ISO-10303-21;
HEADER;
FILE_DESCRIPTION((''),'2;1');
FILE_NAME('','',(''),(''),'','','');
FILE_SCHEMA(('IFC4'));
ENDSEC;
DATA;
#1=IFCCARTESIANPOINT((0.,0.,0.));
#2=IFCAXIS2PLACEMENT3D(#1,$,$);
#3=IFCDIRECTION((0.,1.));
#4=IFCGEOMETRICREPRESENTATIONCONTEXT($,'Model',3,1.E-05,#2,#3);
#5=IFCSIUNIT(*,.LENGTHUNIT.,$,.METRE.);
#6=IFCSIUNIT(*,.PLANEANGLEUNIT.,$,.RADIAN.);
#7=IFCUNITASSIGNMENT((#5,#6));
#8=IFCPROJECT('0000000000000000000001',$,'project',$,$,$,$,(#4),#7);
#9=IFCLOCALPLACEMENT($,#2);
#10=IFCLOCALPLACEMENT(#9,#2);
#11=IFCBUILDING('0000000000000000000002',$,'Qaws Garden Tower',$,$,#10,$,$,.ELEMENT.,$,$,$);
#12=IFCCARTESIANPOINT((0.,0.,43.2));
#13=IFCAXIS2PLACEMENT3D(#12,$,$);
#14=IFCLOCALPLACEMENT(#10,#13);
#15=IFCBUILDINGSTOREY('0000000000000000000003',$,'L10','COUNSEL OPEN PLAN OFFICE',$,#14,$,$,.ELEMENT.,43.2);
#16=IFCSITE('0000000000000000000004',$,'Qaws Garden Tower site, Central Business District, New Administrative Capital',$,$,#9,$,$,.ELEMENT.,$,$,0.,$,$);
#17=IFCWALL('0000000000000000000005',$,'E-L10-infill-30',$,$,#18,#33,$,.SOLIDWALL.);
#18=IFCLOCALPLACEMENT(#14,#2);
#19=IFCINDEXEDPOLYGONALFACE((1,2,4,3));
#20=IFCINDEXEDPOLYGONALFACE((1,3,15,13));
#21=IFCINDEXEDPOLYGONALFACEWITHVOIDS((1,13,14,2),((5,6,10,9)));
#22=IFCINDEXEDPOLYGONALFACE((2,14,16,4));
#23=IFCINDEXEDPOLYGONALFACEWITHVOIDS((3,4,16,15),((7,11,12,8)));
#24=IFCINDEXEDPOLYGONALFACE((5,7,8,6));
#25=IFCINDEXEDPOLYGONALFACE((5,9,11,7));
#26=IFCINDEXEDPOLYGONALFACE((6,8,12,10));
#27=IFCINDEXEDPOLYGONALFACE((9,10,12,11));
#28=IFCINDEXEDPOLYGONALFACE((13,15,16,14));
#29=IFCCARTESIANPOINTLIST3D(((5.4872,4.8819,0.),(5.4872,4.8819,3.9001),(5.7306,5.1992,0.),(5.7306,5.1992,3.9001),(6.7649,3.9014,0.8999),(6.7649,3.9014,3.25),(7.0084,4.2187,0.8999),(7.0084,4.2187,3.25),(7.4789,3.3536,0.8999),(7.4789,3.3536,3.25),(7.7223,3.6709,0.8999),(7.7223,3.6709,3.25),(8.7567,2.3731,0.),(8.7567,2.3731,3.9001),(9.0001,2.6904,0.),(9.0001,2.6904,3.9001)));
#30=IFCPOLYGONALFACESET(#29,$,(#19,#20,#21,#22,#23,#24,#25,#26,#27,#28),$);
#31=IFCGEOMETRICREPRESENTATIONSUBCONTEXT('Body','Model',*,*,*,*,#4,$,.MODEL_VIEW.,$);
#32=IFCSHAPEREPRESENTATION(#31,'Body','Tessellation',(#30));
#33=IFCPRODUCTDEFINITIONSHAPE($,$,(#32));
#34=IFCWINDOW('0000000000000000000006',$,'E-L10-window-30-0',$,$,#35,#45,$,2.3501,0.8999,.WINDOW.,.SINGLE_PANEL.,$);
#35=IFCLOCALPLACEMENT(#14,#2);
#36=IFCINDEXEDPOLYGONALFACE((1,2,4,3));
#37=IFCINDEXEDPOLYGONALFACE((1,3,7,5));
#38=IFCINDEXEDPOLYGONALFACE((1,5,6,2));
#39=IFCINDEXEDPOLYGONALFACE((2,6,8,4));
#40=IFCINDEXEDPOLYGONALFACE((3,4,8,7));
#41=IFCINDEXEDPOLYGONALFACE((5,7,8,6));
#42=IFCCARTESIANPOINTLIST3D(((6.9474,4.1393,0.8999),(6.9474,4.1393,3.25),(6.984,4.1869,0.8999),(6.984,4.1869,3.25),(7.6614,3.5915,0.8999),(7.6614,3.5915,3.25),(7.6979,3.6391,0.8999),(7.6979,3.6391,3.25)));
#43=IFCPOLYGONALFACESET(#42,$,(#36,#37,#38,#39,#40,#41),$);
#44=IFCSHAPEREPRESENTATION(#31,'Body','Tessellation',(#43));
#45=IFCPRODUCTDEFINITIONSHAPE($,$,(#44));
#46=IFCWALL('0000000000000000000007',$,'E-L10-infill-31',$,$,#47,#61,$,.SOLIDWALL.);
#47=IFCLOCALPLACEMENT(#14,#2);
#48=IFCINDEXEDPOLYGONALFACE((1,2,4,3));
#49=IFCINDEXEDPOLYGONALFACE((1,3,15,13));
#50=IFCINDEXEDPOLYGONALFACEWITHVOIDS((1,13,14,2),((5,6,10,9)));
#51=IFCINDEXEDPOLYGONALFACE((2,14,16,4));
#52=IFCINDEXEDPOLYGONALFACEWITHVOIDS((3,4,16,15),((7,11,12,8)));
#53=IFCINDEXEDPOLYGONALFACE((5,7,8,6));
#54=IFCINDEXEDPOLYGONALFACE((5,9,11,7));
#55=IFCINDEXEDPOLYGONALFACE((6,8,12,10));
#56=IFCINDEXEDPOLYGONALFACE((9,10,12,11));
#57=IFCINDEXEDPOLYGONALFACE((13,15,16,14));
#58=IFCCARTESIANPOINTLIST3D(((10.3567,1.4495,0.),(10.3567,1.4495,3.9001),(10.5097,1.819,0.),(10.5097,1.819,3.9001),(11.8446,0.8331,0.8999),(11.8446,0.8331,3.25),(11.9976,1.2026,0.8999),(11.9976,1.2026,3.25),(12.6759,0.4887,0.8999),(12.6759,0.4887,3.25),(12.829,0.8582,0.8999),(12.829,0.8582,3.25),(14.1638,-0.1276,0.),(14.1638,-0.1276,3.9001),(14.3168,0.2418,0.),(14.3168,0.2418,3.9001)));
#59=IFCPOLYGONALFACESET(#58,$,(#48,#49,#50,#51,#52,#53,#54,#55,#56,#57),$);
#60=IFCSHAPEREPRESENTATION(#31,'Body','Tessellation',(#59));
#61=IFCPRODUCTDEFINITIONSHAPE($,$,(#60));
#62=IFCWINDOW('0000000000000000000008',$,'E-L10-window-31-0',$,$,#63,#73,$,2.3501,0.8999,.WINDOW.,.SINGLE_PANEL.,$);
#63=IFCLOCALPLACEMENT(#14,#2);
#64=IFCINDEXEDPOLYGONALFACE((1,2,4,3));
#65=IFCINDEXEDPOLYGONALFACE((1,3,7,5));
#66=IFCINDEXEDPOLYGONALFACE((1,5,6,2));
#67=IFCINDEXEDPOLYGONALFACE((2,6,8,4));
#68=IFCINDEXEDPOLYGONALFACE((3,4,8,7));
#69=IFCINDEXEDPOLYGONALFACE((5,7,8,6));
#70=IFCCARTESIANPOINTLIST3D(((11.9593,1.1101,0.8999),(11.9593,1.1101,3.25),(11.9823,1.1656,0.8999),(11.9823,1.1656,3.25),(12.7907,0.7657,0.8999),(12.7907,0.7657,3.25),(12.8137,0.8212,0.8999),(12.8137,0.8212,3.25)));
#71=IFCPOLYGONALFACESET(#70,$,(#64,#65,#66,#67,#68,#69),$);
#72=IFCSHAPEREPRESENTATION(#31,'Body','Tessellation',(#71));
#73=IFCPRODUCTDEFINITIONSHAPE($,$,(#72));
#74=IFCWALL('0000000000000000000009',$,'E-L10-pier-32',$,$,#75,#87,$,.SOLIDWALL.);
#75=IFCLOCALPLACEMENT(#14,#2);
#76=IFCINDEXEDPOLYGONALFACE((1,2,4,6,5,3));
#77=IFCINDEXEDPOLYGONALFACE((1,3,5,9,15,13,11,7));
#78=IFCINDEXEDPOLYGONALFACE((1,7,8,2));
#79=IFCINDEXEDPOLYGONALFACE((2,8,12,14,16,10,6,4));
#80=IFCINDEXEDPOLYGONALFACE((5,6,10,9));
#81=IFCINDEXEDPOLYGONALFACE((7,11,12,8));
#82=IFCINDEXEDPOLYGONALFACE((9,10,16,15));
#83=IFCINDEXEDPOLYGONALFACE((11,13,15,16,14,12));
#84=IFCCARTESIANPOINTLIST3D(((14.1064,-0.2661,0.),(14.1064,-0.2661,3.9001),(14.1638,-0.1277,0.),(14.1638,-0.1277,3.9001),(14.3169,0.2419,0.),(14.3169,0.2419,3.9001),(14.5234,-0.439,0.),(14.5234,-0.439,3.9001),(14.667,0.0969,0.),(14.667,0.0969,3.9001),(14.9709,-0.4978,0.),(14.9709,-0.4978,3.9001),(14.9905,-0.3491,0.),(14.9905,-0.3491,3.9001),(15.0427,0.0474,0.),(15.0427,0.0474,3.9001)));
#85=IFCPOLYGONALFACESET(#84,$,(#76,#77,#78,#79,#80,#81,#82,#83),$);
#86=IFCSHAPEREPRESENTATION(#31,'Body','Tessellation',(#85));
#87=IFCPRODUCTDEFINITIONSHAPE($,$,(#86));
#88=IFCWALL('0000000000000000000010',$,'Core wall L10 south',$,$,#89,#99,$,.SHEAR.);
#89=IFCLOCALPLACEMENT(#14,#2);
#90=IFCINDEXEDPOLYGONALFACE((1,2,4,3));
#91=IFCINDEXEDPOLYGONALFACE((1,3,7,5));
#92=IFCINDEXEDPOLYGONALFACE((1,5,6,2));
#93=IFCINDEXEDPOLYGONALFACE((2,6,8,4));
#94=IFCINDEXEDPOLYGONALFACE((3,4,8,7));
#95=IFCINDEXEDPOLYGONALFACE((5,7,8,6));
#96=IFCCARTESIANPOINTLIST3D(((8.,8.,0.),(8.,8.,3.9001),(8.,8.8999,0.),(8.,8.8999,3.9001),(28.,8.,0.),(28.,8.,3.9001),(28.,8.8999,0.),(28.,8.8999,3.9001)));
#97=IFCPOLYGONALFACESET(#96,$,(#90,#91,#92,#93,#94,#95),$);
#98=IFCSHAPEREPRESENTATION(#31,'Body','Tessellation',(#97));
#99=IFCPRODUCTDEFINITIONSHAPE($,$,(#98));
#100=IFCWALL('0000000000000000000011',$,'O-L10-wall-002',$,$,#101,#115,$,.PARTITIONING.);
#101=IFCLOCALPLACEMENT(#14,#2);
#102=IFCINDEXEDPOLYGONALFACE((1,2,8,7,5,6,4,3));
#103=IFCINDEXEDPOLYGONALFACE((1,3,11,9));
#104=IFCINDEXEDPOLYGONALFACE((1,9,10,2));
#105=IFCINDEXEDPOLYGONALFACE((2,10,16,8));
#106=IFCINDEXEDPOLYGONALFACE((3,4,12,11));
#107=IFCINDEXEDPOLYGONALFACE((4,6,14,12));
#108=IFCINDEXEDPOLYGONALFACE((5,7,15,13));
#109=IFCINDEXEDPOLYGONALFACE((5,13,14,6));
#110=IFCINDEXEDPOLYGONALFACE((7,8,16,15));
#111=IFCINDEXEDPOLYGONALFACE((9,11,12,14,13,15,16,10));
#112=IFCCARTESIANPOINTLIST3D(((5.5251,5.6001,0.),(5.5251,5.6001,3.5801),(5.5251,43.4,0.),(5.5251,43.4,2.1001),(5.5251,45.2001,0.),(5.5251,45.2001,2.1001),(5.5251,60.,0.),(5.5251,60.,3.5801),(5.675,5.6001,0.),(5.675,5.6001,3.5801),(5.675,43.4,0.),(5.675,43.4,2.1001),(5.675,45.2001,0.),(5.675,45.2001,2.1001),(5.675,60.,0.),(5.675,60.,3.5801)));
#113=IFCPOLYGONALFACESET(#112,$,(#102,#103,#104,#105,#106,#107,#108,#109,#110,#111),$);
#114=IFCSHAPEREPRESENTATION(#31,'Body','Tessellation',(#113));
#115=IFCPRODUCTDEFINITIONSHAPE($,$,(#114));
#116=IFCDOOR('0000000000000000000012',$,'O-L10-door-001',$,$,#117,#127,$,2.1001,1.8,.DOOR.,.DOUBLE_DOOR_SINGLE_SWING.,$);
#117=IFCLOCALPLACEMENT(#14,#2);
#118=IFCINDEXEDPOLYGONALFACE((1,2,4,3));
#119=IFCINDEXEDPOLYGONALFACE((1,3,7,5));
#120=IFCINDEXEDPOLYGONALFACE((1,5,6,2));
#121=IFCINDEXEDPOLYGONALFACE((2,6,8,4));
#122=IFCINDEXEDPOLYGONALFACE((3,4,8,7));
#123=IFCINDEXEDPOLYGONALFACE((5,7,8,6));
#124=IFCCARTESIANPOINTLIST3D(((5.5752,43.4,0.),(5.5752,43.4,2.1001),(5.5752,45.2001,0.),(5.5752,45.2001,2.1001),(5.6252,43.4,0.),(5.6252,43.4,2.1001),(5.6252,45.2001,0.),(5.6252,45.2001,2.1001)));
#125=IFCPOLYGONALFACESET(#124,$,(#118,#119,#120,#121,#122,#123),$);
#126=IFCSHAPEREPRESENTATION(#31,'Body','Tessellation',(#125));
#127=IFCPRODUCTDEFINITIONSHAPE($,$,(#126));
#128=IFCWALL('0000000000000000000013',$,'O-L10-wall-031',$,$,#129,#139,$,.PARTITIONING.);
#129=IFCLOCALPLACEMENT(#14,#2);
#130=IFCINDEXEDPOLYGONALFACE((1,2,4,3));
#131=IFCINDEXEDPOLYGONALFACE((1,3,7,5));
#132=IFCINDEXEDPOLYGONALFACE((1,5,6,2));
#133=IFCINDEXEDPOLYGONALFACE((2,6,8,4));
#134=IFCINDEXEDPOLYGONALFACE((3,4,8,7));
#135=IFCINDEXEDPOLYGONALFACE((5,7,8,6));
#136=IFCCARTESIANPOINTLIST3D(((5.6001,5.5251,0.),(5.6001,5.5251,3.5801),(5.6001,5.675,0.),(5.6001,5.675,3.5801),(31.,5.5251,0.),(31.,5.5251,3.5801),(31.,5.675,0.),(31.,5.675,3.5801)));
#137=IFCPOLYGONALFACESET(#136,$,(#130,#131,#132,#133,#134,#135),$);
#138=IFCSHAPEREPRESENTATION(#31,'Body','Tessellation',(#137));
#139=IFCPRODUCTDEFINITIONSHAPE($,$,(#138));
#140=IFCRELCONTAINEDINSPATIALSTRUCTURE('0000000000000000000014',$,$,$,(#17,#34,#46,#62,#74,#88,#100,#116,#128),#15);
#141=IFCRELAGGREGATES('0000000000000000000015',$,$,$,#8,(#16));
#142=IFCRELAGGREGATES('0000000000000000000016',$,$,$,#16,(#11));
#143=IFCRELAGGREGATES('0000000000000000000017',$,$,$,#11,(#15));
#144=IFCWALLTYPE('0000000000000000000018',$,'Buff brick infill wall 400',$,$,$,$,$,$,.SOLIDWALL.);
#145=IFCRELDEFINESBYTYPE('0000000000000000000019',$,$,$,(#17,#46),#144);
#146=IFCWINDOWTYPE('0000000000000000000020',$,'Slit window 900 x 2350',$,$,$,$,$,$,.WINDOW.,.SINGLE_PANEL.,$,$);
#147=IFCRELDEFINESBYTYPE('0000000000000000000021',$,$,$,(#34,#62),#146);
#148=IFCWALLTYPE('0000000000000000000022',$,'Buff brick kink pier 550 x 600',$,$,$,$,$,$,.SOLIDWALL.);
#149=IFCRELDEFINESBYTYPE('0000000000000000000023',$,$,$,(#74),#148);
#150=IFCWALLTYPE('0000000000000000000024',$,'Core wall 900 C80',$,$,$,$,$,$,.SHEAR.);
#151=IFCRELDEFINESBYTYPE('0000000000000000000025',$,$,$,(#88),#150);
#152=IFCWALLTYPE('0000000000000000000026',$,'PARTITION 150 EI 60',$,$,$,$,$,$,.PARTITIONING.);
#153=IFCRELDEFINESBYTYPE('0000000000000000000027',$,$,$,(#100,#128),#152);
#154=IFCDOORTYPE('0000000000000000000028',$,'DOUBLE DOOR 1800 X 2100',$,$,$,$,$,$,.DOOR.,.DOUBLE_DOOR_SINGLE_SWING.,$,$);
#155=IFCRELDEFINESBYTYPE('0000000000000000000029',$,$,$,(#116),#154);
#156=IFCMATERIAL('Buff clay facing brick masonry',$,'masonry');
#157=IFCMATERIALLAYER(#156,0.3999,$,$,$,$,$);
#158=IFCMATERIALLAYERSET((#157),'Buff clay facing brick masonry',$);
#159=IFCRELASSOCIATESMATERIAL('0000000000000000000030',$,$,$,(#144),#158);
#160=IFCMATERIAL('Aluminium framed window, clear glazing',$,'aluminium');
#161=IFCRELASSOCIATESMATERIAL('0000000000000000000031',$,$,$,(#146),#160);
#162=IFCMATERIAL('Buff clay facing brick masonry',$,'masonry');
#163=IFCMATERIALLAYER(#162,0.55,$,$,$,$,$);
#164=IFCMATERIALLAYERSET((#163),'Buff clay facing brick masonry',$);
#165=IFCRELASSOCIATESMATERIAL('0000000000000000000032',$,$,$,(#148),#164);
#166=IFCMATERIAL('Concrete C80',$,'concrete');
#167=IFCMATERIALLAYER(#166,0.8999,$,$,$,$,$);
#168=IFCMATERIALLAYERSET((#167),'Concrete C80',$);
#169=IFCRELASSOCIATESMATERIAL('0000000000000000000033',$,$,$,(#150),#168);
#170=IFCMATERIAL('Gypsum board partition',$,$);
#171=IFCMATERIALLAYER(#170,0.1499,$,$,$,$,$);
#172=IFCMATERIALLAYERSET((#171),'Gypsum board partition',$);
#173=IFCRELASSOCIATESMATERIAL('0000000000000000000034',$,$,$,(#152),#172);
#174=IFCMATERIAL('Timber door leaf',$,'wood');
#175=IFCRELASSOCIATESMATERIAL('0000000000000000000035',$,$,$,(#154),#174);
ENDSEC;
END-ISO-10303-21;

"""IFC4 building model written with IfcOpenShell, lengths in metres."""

from ifc_helpers import new_model, si_unit, direction, frame, frame_2d, origin, place, context, subcontext, project, spatial, polyline, rectangle, outline, extrude, material, layer, layer_set, type_object, element, fill, save


model = new_model("IFC4")

# Units and contexts
model_context = context("Model", 3, precision=1e-05, world=origin(), true_north=direction((0.0, 1.0)))
body_context = subcontext(model_context, "Body", "Model", "MODEL_VIEW")
ifc_project = project(units=[si_unit("LENGTHUNIT", "METRE"), si_unit("PLANEANGLEUNIT", "RADIAN")], contexts=[model_context])

# Site, building, storey
site_placement = place(None, origin())
site = spatial("IfcSite", under=ifc_project, at=site_placement, Name="Qaws Garden Tower site, Central Business District, New Administrative Capital", CompositionType="ELEMENT", RefElevation=0.0)
building_placement = place(site_placement, origin())
building = spatial("IfcBuilding", under=site, at=building_placement, Name="Qaws Garden Tower", CompositionType="ELEMENT")
storey_placement = place(building_placement, frame((0.0, 0.0, 43.2)))
storey = spatial("IfcBuildingStorey", under=building, at=storey_placement, Name="L10", Description="COUNSEL OPEN PLAN OFFICE", CompositionType="ELEMENT", Elevation=43.2)

# Shared definitions
placement_1 = place(storey_placement, origin())

# Walls, openings, windows
ifc_material_1 = material(Name="Buff clay facing brick masonry", Category="masonry")
ifc_layer_1 = layer(ifc_material_1, 0.3999)
ifc_layer_set_1 = layer_set([ifc_layer_1], Name="Buff clay facing brick masonry")
wall_type_1 = type_object("IfcWallType", Name="Buff brick infill wall 400", PredefinedType="SOLIDWALL", material=ifc_layer_set_1)
ifc_material_2 = material(Name="Aluminium framed window, clear glazing", Category="aluminium")
window_type = type_object("IfcWindowType", Name="Slit window 900 x 2350", PartitioningType="SINGLE_PANEL", PredefinedType="WINDOW", material=ifc_material_2)
wall_1_placement = place(storey_placement, frame((5.6089, 5.0405, 0.0), z_axis=(0.0, 0.0, 1.0), x_axis=(0.793355, -0.60876, 0.0)))
wall_1 = element("IfcWall", 1, at=wall_1_placement, inside=storey, type_object=wall_type_1, Name="E-L10-infill-30", PredefinedType="SOLIDWALL", context=body_context, shape_type="SweptSolid", body=[
    extrude(rectangle(XDim=4.1211, YDim=0.3999, at=frame_2d((2.0605, 0.0))), origin(), (0.0, 0.0, 1.0), 3.9001),
])
opening_1_placement = place(wall_1_placement, frame((1.6106, 0.0, 0.8999)))
opening_1 = element("IfcOpeningElement", 2, at=opening_1_placement, cuts=wall_1, PredefinedType="OPENING", context=body_context, shape_type="SweptSolid", body=[
    extrude(rectangle(XDim=0.8999, YDim=2.3501, at=frame_2d((0.45, 1.175))), frame((0.0, 0.21, 0.0), z_axis=(0.0, -1.0, 0.0), x_axis=(1.0, 0.0, 0.0)), (0.0, 0.0, 1.0), 0.4199),
])
window_1_placement = place(opening_1_placement, origin())
window_1 = element("IfcWindow", 3, at=window_1_placement, inside=storey, type_object=window_type, Name="E-L10-window-30-0", OverallHeight=2.3501, OverallWidth=0.8999, PartitioningType="SINGLE_PANEL", PredefinedType="WINDOW", context=body_context, shape_type="SweptSolid", body=[
    extrude(rectangle(XDim=0.8999, YDim=2.3501, at=frame_2d((0.45, 1.175))), frame((0.0, 0.1599, 0.0), z_axis=(0.0, -1.0, 0.0), x_axis=(1.0, 0.0, 0.0)), (0.0, 0.0, 1.0), 0.0601),
])
fill(opening_1, window_1)
wall_2_placement = place(storey_placement, frame((10.4331, 1.6343, 0.0), z_axis=(0.0, 0.0, 1.0), x_axis=(0.923864, -0.382722, 0.0)))
wall_2 = element("IfcWall", 4, at=wall_2_placement, inside=storey, type_object=wall_type_1, Name="E-L10-infill-31", PredefinedType="SOLIDWALL", context=body_context, shape_type="SweptSolid", body=[
    extrude(rectangle(XDim=4.1208, YDim=0.3999, at=frame_2d((2.0605, 0.0))), origin(), (0.0, 0.0, 1.0), 3.9001),
])
opening_2_placement = place(wall_2_placement, frame((1.6106, 0.0, 0.8999)))
opening_2 = element("IfcOpeningElement", 5, at=opening_2_placement, cuts=wall_2, PredefinedType="OPENING", context=body_context, shape_type="SweptSolid", body=[
    extrude(rectangle(XDim=0.8999, YDim=2.3501, at=frame_2d((0.45, 1.175))), frame((0.0, 0.21, 0.0), z_axis=(0.0, -1.0, 0.0), x_axis=(1.0, 0.0, 0.0)), (0.0, 0.0, 1.0), 0.4199),
])
window_2_placement = place(opening_2_placement, origin())
window_2 = element("IfcWindow", 6, at=window_2_placement, inside=storey, type_object=window_type, Name="E-L10-window-31-0", OverallHeight=2.3501, OverallWidth=0.8999, PartitioningType="SINGLE_PANEL", PredefinedType="WINDOW", context=body_context, shape_type="SweptSolid", body=[
    extrude(rectangle(XDim=0.8999, YDim=2.3501, at=frame_2d((0.45, 1.175))), frame((0.0, 0.1599, 0.0), z_axis=(0.0, -1.0, 0.0), x_axis=(1.0, 0.0, 0.0)), (0.0, 0.0, 1.0), 0.0601),
])
fill(opening_2, window_2)

# Walls
ifc_material_3 = material(Name="Buff clay facing brick masonry", Category="masonry")
ifc_layer_2 = layer(ifc_material_3, 0.55)
ifc_layer_set_2 = layer_set([ifc_layer_2], Name="Buff clay facing brick masonry")
wall_type_2 = type_object("IfcWallType", Name="Buff brick kink pier 550 x 600", PredefinedType="SOLIDWALL", material=ifc_layer_set_2)
element("IfcWall", 7, at=placement_1, inside=storey, type_object=wall_type_2, Name="E-L10-pier-32", PredefinedType="SOLIDWALL", context=body_context, shape_type="SweptSolid", body=[
    extrude(outline(polyline([(14.1638, -0.1277), (14.1064, -0.2661), (14.5234, -0.439), (14.9709, -0.4978), (14.9905, -0.3491), (15.0427, 0.0474), (14.667, 0.0969), (14.3169, 0.2419), (14.1638, -0.1277)])), origin(), (0.0, 0.0, 1.0), 3.9001),
])
ifc_material_4 = material(Name="Concrete C80", Category="concrete")
ifc_layer_3 = layer(ifc_material_4, 0.8999)
ifc_layer_set_3 = layer_set([ifc_layer_3], Name="Concrete C80")
wall_type_3 = type_object("IfcWallType", Name="Core wall 900 C80", PredefinedType="SHEAR", material=ifc_layer_set_3)
wall_3_placement = place(storey_placement, frame((8.0, 8.45, 0.0), z_axis=(0.0, 0.0, 1.0), x_axis=(1.0, 0.0, 0.0)))
element("IfcWall", 8, at=wall_3_placement, inside=storey, type_object=wall_type_3, Name="Core wall L10 south", PredefinedType="SHEAR", context=body_context, shape_type="SweptSolid", body=[
    extrude(rectangle(XDim=20.0, YDim=0.8999, at=frame_2d((10.0, 0.0))), origin(), (0.0, 0.0, 1.0), 3.9001),
])

# Wall, opening, door
ifc_material_5 = material(Name="Gypsum board partition")
ifc_layer_4 = layer(ifc_material_5, 0.1499)
ifc_layer_set_4 = layer_set([ifc_layer_4], Name="Gypsum board partition")
wall_type_4 = type_object("IfcWallType", Name="PARTITION 150 EI 60", PredefinedType="PARTITIONING", material=ifc_layer_set_4)
wall_4_placement = place(storey_placement, frame((5.6001, 5.6001, 0.0), z_axis=(0.0, 0.0, 1.0), x_axis=(0.0, 1.0, 0.0)))
wall_4 = element("IfcWall", 9, at=wall_4_placement, inside=storey, type_object=wall_type_4, Name="O-L10-wall-002", PredefinedType="PARTITIONING", context=body_context, shape_type="SweptSolid", body=[
    extrude(rectangle(XDim=54.3999, YDim=0.1499, at=frame_2d((27.2, 0.0))), origin(), (0.0, 0.0, 1.0), 3.5801),
])
opening_3_placement = place(wall_4_placement, frame((37.8, 0.0, 0.0)))
opening_3 = element("IfcOpeningElement", 10, at=opening_3_placement, cuts=wall_4, PredefinedType="OPENING", context=body_context, shape_type="SweptSolid", body=[
    extrude(rectangle(XDim=1.8, YDim=2.1001, at=frame_2d((0.8999, 1.05))), frame((0.0, 0.085, 0.0), z_axis=(0.0, -1.0, 0.0), x_axis=(1.0, 0.0, 0.0)), (0.0, 0.0, 1.0), 0.1699),
])
ifc_material_6 = material(Name="Timber door leaf", Category="wood")
door_type = type_object("IfcDoorType", Name="DOUBLE DOOR 1800 X 2100", OperationType="DOUBLE_DOOR_SINGLE_SWING", PredefinedType="DOOR", material=ifc_material_6)
door_placement = place(opening_3_placement, origin())
door = element("IfcDoor", 11, at=door_placement, inside=storey, type_object=door_type, Name="O-L10-door-001", OperationType="DOUBLE_DOOR_SINGLE_SWING", OverallHeight=2.1001, OverallWidth=1.8, PredefinedType="DOOR", context=body_context, shape_type="SweptSolid", body=[
    extrude(rectangle(XDim=1.8, YDim=2.1001, at=frame_2d((0.8999, 1.05))), frame((0.0, 0.0249, 0.0), z_axis=(0.0, -1.0, 0.0), x_axis=(1.0, 0.0, 0.0)), (0.0, 0.0, 1.0), 0.05),
])
fill(opening_3, door)

# Wall
wall_5_placement = place(storey_placement, frame((5.6001, 5.6001, 0.0), z_axis=(0.0, 0.0, 1.0), x_axis=(1.0, 0.0, 0.0)))
element("IfcWall", 12, at=wall_5_placement, inside=storey, type_object=wall_type_4, Name="O-L10-wall-031", PredefinedType="PARTITIONING", context=body_context, shape_type="SweptSolid", body=[
    extrude(rectangle(XDim=25.3999, YDim=0.1499, at=frame_2d((12.7, 0.0))), origin(), (0.0, 0.0, 1.0), 3.5801),
])

save(model, "model.ifc")
